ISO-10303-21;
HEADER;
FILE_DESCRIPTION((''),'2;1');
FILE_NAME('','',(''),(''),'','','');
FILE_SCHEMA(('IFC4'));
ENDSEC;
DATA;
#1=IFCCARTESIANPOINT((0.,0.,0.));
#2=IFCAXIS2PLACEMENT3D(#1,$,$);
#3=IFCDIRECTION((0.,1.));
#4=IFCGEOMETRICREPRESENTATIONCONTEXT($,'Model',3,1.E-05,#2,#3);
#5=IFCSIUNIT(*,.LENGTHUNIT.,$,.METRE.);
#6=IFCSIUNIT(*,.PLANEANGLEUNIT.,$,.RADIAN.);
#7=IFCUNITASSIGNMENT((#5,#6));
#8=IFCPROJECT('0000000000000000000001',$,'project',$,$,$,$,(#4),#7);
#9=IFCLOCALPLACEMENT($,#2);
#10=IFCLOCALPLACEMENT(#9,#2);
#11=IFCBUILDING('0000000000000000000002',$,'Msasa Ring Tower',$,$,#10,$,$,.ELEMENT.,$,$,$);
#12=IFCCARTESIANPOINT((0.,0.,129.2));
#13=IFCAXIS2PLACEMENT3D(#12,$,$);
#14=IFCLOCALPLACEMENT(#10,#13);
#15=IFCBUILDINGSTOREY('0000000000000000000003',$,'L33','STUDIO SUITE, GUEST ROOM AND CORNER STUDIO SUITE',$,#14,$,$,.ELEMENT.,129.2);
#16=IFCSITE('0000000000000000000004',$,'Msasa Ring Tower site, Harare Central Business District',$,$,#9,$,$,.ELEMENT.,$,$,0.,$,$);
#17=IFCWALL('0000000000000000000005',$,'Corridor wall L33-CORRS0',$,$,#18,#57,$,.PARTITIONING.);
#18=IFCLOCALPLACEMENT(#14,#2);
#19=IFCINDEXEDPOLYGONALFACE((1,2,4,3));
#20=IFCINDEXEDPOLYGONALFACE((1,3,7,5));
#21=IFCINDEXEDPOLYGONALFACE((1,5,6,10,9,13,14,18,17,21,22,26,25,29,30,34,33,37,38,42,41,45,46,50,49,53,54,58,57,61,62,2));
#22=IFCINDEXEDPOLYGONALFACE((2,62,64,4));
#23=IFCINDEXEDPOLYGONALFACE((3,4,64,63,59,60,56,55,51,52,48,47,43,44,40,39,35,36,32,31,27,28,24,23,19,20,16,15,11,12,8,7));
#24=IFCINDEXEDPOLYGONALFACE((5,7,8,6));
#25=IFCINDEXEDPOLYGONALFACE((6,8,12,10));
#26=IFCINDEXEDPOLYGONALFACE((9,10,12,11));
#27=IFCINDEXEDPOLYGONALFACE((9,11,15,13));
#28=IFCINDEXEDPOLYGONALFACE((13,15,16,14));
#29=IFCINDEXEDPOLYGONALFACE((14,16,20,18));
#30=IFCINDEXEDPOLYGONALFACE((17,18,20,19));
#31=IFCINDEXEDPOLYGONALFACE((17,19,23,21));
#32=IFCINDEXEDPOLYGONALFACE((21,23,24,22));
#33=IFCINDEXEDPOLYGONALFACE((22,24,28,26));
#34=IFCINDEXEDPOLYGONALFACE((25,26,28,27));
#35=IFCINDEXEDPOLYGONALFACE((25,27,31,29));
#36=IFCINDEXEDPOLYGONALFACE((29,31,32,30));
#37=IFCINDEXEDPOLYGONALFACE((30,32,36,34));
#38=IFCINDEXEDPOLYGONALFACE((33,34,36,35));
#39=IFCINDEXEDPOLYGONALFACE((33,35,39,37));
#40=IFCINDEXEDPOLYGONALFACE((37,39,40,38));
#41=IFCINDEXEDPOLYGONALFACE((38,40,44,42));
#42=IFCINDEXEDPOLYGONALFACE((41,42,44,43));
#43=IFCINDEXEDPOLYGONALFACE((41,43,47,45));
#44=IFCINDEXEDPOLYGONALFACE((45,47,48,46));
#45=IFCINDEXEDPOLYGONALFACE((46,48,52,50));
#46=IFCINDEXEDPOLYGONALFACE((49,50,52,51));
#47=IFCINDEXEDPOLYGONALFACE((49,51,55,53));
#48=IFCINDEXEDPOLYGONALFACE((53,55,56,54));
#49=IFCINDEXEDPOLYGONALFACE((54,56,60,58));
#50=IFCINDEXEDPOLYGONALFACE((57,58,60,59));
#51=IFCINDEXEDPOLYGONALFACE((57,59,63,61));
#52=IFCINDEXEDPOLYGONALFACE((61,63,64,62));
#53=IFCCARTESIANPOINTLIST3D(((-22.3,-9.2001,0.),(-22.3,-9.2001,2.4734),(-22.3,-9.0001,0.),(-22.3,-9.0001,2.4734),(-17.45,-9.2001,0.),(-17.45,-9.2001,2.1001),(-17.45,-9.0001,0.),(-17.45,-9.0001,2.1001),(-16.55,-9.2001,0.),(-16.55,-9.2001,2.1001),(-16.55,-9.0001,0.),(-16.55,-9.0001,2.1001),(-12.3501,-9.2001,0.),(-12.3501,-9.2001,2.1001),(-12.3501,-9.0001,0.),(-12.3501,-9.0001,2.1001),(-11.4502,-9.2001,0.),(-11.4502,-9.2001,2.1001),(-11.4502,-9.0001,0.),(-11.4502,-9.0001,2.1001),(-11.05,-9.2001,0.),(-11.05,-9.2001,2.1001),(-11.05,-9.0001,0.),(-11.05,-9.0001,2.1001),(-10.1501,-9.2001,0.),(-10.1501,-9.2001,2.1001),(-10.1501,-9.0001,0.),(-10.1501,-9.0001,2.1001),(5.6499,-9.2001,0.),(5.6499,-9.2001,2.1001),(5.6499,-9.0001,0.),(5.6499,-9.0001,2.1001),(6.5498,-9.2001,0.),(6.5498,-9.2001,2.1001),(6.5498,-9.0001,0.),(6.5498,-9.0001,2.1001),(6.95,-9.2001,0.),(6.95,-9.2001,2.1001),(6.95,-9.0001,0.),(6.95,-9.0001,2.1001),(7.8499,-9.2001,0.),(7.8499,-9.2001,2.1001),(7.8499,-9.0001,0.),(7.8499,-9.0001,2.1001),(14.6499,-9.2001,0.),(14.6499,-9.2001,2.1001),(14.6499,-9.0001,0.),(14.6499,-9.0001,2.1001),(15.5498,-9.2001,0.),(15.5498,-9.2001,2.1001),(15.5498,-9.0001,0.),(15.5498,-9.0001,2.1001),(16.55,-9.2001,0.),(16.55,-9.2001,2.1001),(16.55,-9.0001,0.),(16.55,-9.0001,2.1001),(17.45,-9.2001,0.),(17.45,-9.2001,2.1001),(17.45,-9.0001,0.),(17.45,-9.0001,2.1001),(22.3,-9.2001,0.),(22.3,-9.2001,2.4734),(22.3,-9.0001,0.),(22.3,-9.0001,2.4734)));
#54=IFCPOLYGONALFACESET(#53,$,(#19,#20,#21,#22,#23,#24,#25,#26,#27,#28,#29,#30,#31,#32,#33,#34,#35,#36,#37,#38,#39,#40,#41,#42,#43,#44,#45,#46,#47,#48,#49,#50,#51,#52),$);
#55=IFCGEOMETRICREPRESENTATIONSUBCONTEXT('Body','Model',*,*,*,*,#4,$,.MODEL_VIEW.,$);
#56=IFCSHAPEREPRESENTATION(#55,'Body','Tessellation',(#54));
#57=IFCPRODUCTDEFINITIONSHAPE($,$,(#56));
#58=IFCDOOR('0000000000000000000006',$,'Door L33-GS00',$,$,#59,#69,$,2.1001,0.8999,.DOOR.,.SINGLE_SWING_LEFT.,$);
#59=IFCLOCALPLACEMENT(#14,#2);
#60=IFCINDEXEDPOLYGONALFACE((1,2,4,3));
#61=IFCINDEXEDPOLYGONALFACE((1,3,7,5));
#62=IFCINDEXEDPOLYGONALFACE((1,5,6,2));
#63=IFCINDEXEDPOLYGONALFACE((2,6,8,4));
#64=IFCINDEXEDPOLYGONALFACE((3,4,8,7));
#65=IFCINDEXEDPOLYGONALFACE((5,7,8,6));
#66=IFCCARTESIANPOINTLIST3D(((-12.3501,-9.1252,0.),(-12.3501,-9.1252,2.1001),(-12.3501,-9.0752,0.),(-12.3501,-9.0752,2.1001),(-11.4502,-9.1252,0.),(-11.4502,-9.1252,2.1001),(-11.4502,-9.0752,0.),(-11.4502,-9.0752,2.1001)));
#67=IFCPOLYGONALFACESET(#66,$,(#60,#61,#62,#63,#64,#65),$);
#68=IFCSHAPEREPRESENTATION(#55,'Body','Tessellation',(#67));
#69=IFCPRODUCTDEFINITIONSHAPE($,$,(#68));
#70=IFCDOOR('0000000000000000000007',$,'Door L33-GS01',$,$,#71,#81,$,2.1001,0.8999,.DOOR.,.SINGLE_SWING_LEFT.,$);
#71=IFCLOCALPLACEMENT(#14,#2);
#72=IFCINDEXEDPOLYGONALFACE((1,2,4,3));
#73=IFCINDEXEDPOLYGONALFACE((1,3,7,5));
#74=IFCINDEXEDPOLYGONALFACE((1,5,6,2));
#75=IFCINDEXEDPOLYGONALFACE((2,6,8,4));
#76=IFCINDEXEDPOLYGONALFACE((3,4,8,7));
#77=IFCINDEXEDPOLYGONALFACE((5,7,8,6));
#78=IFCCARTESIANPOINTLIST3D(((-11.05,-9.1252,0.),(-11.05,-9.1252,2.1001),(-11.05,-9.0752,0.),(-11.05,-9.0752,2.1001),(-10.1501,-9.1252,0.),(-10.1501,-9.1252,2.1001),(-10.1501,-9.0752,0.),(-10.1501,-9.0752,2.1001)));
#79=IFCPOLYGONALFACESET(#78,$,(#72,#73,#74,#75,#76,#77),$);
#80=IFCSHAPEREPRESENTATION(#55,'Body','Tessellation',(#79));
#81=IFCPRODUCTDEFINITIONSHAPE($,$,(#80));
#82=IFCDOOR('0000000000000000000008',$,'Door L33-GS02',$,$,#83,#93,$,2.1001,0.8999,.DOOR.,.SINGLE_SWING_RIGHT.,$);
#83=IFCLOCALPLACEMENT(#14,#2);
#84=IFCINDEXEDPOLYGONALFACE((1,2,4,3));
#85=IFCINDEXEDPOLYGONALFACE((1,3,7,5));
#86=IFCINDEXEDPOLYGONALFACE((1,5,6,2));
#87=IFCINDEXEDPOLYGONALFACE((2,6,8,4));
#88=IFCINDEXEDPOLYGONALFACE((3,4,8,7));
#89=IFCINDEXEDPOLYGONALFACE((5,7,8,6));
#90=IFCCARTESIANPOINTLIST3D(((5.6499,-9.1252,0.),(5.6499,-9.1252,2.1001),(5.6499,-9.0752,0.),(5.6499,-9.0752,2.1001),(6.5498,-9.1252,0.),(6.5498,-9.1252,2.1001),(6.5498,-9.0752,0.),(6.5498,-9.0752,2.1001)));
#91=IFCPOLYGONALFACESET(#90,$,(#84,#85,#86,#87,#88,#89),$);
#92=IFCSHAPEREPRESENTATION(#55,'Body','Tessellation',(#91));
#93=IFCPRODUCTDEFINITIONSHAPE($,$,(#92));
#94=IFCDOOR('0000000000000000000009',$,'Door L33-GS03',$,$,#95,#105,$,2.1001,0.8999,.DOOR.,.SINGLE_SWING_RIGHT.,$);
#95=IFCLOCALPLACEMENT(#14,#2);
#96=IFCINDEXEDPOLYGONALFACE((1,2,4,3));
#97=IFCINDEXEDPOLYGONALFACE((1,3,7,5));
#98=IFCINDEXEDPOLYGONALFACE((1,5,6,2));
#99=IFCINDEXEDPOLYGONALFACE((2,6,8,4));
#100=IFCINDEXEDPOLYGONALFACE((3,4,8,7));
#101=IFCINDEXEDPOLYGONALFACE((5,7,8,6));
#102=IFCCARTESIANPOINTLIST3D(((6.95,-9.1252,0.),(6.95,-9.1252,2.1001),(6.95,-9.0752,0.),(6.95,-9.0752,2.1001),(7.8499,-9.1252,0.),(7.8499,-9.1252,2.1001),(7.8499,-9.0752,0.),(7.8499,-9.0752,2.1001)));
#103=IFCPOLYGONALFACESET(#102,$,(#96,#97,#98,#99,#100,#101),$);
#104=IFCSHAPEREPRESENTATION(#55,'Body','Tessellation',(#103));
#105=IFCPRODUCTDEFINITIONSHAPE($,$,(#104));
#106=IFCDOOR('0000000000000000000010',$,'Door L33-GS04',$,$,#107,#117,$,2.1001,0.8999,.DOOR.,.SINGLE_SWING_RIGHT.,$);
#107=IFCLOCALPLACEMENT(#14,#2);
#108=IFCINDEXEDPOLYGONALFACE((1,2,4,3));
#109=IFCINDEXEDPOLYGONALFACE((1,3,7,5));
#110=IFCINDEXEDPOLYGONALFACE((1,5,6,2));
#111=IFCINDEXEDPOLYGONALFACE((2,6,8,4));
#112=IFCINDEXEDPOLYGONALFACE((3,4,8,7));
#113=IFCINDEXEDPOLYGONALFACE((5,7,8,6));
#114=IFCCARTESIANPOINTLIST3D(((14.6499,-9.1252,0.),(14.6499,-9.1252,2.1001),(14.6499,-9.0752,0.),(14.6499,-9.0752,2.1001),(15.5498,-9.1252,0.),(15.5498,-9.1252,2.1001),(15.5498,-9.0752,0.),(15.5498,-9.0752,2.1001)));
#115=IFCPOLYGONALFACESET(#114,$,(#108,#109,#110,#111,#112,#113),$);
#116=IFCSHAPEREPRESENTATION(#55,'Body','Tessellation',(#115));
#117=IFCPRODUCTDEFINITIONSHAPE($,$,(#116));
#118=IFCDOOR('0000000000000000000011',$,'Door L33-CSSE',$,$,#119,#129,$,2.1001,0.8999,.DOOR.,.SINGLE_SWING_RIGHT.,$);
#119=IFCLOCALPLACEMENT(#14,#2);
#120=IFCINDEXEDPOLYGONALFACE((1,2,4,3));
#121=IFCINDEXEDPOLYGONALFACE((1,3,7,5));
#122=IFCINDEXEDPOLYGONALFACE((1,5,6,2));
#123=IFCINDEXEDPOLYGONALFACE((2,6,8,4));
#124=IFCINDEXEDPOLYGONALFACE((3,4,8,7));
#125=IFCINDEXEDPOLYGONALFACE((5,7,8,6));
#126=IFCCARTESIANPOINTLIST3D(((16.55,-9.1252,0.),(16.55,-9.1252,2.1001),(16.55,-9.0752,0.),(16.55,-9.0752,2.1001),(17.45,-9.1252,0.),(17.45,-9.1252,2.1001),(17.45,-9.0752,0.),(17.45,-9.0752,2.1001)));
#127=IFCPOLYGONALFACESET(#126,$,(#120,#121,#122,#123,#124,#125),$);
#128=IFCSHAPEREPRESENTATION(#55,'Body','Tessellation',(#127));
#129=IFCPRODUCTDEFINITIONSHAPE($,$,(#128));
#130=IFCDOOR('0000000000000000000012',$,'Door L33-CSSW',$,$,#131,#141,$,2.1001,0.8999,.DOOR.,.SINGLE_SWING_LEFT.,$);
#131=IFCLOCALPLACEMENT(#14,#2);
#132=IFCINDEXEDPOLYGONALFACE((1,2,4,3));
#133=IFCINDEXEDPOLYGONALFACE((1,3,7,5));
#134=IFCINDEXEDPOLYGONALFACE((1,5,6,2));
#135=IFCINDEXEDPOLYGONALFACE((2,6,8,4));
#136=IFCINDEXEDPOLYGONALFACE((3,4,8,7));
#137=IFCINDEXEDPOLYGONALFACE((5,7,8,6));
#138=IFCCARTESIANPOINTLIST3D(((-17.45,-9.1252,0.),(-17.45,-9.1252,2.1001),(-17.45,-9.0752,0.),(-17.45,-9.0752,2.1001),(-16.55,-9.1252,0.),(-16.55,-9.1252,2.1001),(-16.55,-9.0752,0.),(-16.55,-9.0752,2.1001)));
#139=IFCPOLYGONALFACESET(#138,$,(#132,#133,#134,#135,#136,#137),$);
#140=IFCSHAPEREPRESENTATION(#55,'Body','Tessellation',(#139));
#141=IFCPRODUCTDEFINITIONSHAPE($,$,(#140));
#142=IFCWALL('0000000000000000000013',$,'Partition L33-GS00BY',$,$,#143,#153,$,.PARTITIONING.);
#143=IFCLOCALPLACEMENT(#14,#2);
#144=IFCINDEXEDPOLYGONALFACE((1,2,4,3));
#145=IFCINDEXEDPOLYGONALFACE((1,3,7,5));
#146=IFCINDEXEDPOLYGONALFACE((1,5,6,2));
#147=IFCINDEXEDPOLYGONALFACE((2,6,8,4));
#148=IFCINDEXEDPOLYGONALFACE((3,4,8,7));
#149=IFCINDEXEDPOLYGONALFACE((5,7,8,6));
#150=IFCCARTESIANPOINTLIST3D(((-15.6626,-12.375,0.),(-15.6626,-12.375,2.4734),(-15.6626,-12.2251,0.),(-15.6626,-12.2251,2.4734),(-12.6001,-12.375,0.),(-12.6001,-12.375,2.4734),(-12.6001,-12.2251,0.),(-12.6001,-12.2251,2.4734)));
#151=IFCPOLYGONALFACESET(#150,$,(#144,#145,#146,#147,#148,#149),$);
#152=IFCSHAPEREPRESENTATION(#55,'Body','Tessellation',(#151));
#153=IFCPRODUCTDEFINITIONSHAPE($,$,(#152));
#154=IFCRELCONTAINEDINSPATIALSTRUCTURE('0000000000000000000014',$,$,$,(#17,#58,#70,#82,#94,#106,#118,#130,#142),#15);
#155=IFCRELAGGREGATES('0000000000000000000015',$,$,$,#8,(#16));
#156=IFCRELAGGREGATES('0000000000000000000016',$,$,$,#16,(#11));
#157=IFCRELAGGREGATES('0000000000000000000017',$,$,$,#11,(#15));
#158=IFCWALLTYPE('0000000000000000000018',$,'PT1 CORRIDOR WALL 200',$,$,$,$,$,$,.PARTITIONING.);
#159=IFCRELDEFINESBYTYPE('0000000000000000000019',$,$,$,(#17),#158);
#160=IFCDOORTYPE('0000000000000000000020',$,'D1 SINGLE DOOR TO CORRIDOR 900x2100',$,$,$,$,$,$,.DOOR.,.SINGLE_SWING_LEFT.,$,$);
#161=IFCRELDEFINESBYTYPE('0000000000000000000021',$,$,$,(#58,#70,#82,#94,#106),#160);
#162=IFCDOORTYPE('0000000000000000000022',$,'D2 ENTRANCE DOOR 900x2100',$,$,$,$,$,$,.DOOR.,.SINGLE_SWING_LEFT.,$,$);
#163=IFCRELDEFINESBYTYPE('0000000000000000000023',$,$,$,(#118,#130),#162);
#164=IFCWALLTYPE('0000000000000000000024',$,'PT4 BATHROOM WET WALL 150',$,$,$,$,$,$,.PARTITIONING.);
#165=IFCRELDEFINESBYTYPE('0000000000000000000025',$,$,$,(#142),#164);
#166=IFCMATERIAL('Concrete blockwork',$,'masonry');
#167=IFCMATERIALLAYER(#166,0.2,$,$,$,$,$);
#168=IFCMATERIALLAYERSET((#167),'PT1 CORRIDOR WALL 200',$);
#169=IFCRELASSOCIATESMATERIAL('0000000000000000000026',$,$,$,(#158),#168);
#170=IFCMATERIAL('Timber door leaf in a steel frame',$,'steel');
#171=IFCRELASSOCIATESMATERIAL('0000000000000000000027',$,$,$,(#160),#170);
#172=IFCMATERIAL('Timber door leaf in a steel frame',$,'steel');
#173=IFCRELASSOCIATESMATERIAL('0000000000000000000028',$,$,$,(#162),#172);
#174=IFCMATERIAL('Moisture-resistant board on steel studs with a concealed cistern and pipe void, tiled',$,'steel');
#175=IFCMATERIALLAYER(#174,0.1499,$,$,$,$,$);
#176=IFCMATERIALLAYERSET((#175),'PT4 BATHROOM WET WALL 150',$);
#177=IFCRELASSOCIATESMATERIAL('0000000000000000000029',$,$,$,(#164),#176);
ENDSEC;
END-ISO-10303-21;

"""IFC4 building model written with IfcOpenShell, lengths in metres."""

from ifc_helpers import new_model, si_unit, direction, frame, frame_2d, origin, place, context, subcontext, project, spatial, rectangle, extrude, material, layer, layer_set, type_object, element, fill, save


model = new_model("IFC4")

# Units and contexts
model_context = context("Model", 3, precision=1e-05, world=origin(), true_north=direction((0.0, 1.0)))
body_context = subcontext(model_context, "Body", "Model", "MODEL_VIEW")
ifc_project = project(units=[si_unit("LENGTHUNIT", "METRE"), si_unit("PLANEANGLEUNIT", "RADIAN")], contexts=[model_context])

# Site, building, storey
site_placement = place(None, origin())
site = spatial("IfcSite", under=ifc_project, at=site_placement, Name="Msasa Ring Tower site, Harare Central Business District", CompositionType="ELEMENT", RefElevation=0.0)
building_placement = place(site_placement, origin())
building = spatial("IfcBuilding", under=site, at=building_placement, Name="Msasa Ring Tower", CompositionType="ELEMENT")
storey_placement = place(building_placement, frame((0.0, 0.0, 129.2)))
storey = spatial("IfcBuildingStorey", under=building, at=storey_placement, Name="L33", Description="STUDIO SUITE, GUEST ROOM AND CORNER STUDIO SUITE", CompositionType="ELEMENT", Elevation=129.2)

# Wall, openings, doors
ifc_material_1 = material(Name="Concrete blockwork", Category="masonry")
ifc_layer_1 = layer(ifc_material_1, 0.2)
ifc_layer_set_1 = layer_set([ifc_layer_1], Name="PT1 CORRIDOR WALL 200")
wall_type_1 = type_object("IfcWallType", Name="PT1 CORRIDOR WALL 200", PredefinedType="PARTITIONING", material=ifc_layer_set_1)
wall_1_placement = place(storey_placement, frame((-22.3, -9.1001, 0.0), z_axis=(0.0, 0.0, 1.0), x_axis=(1.0, 0.0, 0.0)))
wall_1 = element("IfcWall", 1, at=wall_1_placement, inside=storey, type_object=wall_type_1, Name="Corridor wall L33-CORRS0", PredefinedType="PARTITIONING", context=body_context, shape_type="SweptSolid", body=[
    extrude(rectangle(XDim=44.6001, YDim=0.2, at=frame_2d((22.3, 0.0))), origin(), (0.0, 0.0, 1.0), 2.4734),
])
opening_1_placement = place(wall_1_placement, frame((9.95, 0.0, 0.0)))
opening_1 = element("IfcOpeningElement", 2, at=opening_1_placement, cuts=wall_1, PredefinedType="OPENING", context=body_context, shape_type="SweptSolid", body=[
    extrude(rectangle(XDim=0.8999, YDim=2.1001, at=frame_2d((0.45, 1.05))), frame((0.0, 0.1099, 0.0), z_axis=(0.0, -1.0, 0.0), x_axis=(1.0, 0.0, 0.0)), (0.0, 0.0, 1.0), 0.22),
])
opening_2_placement = place(wall_1_placement, frame((11.25, 0.0, 0.0)))
opening_2 = element("IfcOpeningElement", 3, at=opening_2_placement, cuts=wall_1, PredefinedType="OPENING", context=body_context, shape_type="SweptSolid", body=[
    extrude(rectangle(XDim=0.8999, YDim=2.1001, at=frame_2d((0.45, 1.05))), frame((0.0, 0.1099, 0.0), z_axis=(0.0, -1.0, 0.0), x_axis=(1.0, 0.0, 0.0)), (0.0, 0.0, 1.0), 0.22),
])
opening_3_placement = place(wall_1_placement, frame((27.95, 0.0, 0.0)))
opening_3 = element("IfcOpeningElement", 4, at=opening_3_placement, cuts=wall_1, PredefinedType="OPENING", context=body_context, shape_type="SweptSolid", body=[
    extrude(rectangle(XDim=0.8999, YDim=2.1001, at=frame_2d((0.45, 1.05))), frame((0.0, 0.1099, 0.0), z_axis=(0.0, -1.0, 0.0), x_axis=(1.0, 0.0, 0.0)), (0.0, 0.0, 1.0), 0.22),
])
opening_4_placement = place(wall_1_placement, frame((29.25, 0.0, 0.0)))
opening_4 = element("IfcOpeningElement", 5, at=opening_4_placement, cuts=wall_1, PredefinedType="OPENING", context=body_context, shape_type="SweptSolid", body=[
    extrude(rectangle(XDim=0.8999, YDim=2.1001, at=frame_2d((0.45, 1.05))), frame((0.0, 0.1099, 0.0), z_axis=(0.0, -1.0, 0.0), x_axis=(1.0, 0.0, 0.0)), (0.0, 0.0, 1.0), 0.22),
])
opening_5_placement = place(wall_1_placement, frame((36.95, 0.0, 0.0)))
opening_5 = element("IfcOpeningElement", 6, at=opening_5_placement, cuts=wall_1, PredefinedType="OPENING", context=body_context, shape_type="SweptSolid", body=[
    extrude(rectangle(XDim=0.8999, YDim=2.1001, at=frame_2d((0.45, 1.05))), frame((0.0, 0.1099, 0.0), z_axis=(0.0, -1.0, 0.0), x_axis=(1.0, 0.0, 0.0)), (0.0, 0.0, 1.0), 0.22),
])
opening_6_placement = place(wall_1_placement, frame((38.8501, 0.0, 0.0)))
opening_6 = element("IfcOpeningElement", 7, at=opening_6_placement, cuts=wall_1, PredefinedType="OPENING", context=body_context, shape_type="SweptSolid", body=[
    extrude(rectangle(XDim=0.8999, YDim=2.1001, at=frame_2d((0.45, 1.05))), frame((0.0, 0.1099, 0.0), z_axis=(0.0, -1.0, 0.0), x_axis=(1.0, 0.0, 0.0)), (0.0, 0.0, 1.0), 0.22),
])
opening_7_placement = place(wall_1_placement, frame((4.8501, 0.0, 0.0)))
opening_7 = element("IfcOpeningElement", 8, at=opening_7_placement, cuts=wall_1, PredefinedType="OPENING", context=body_context, shape_type="SweptSolid", body=[
    extrude(rectangle(XDim=0.8999, YDim=2.1001, at=frame_2d((0.45, 1.05))), frame((0.0, 0.1099, 0.0), z_axis=(0.0, -1.0, 0.0), x_axis=(1.0, 0.0, 0.0)), (0.0, 0.0, 1.0), 0.22),
])
ifc_material_2 = material(Name="Timber door leaf in a steel frame", Category="steel")
door_type_1 = type_object("IfcDoorType", Name="D1 SINGLE DOOR TO CORRIDOR 900x2100", OperationType="SINGLE_SWING_LEFT", PredefinedType="DOOR", material=ifc_material_2)
door_1_placement = place(opening_1_placement, origin())
door_1 = element("IfcDoor", 9, at=door_1_placement, inside=storey, type_object=door_type_1, Name="Door L33-GS00", OperationType="SINGLE_SWING_LEFT", OverallHeight=2.1001, OverallWidth=0.8999, PredefinedType="DOOR", context=body_context, shape_type="SweptSolid", body=[
    extrude(rectangle(XDim=0.8999, YDim=2.1001, at=frame_2d((0.45, 1.05))), frame((0.0, 0.0249, 0.0), z_axis=(0.0, -1.0, 0.0), x_axis=(1.0, 0.0, 0.0)), (0.0, 0.0, 1.0), 0.05),
])
fill(opening_1, door_1)
door_2_placement = place(opening_2_placement, origin())
door_2 = element("IfcDoor", 10, at=door_2_placement, inside=storey, type_object=door_type_1, Name="Door L33-GS01", OperationType="SINGLE_SWING_LEFT", OverallHeight=2.1001, OverallWidth=0.8999, PredefinedType="DOOR", context=body_context, shape_type="SweptSolid", body=[
    extrude(rectangle(XDim=0.8999, YDim=2.1001, at=frame_2d((0.45, 1.05))), frame((0.0, 0.0249, 0.0), z_axis=(0.0, -1.0, 0.0), x_axis=(1.0, 0.0, 0.0)), (0.0, 0.0, 1.0), 0.05),
])
fill(opening_2, door_2)
door_3_placement = place(opening_3_placement, origin())
door_3 = element("IfcDoor", 11, at=door_3_placement, inside=storey, type_object=door_type_1, Name="Door L33-GS02", OperationType="SINGLE_SWING_RIGHT", OverallHeight=2.1001, OverallWidth=0.8999, PredefinedType="DOOR", context=body_context, shape_type="SweptSolid", body=[
    extrude(rectangle(XDim=0.8999, YDim=2.1001, at=frame_2d((0.45, 1.05))), frame((0.0, 0.0249, 0.0), z_axis=(0.0, -1.0, 0.0), x_axis=(1.0, 0.0, 0.0)), (0.0, 0.0, 1.0), 0.05),
])
fill(opening_3, door_3)
door_4_placement = place(opening_4_placement, origin())
door_4 = element("IfcDoor", 12, at=door_4_placement, inside=storey, type_object=door_type_1, Name="Door L33-GS03", OperationType="SINGLE_SWING_RIGHT", OverallHeight=2.1001, OverallWidth=0.8999, PredefinedType="DOOR", context=body_context, shape_type="SweptSolid", body=[
    extrude(rectangle(XDim=0.8999, YDim=2.1001, at=frame_2d((0.45, 1.05))), frame((0.0, 0.0249, 0.0), z_axis=(0.0, -1.0, 0.0), x_axis=(1.0, 0.0, 0.0)), (0.0, 0.0, 1.0), 0.05),
])
fill(opening_4, door_4)
door_5_placement = place(opening_5_placement, origin())
door_5 = element("IfcDoor", 13, at=door_5_placement, inside=storey, type_object=door_type_1, Name="Door L33-GS04", OperationType="SINGLE_SWING_RIGHT", OverallHeight=2.1001, OverallWidth=0.8999, PredefinedType="DOOR", context=body_context, shape_type="SweptSolid", body=[
    extrude(rectangle(XDim=0.8999, YDim=2.1001, at=frame_2d((0.45, 1.05))), frame((0.0, 0.0249, 0.0), z_axis=(0.0, -1.0, 0.0), x_axis=(1.0, 0.0, 0.0)), (0.0, 0.0, 1.0), 0.05),
])
fill(opening_5, door_5)
ifc_material_3 = material(Name="Timber door leaf in a steel frame", Category="steel")
door_type_2 = type_object("IfcDoorType", Name="D2 ENTRANCE DOOR 900x2100", OperationType="SINGLE_SWING_LEFT", PredefinedType="DOOR", material=ifc_material_3)
door_6_placement = place(opening_6_placement, origin())
door_6 = element("IfcDoor", 14, at=door_6_placement, inside=storey, type_object=door_type_2, Name="Door L33-CSSE", OperationType="SINGLE_SWING_RIGHT", OverallHeight=2.1001, OverallWidth=0.8999, PredefinedType="DOOR", context=body_context, shape_type="SweptSolid", body=[
    extrude(rectangle(XDim=0.8999, YDim=2.1001, at=frame_2d((0.45, 1.05))), frame((0.0, 0.0249, 0.0), z_axis=(0.0, -1.0, 0.0), x_axis=(1.0, 0.0, 0.0)), (0.0, 0.0, 1.0), 0.05),
])
fill(opening_6, door_6)
door_7_placement = place(opening_7_placement, origin())
door_7 = element("IfcDoor", 15, at=door_7_placement, inside=storey, type_object=door_type_2, Name="Door L33-CSSW", OperationType="SINGLE_SWING_LEFT", OverallHeight=2.1001, OverallWidth=0.8999, PredefinedType="DOOR", context=body_context, shape_type="SweptSolid", body=[
    extrude(rectangle(XDim=0.8999, YDim=2.1001, at=frame_2d((0.45, 1.05))), frame((0.0, 0.0249, 0.0), z_axis=(0.0, -1.0, 0.0), x_axis=(1.0, 0.0, 0.0)), (0.0, 0.0, 1.0), 0.05),
])
fill(opening_7, door_7)

# Wall
ifc_material_4 = material(Name="Moisture-resistant board on steel studs with a concealed cistern and pipe void, tiled", Category="steel")
ifc_layer_2 = layer(ifc_material_4, 0.1499)
ifc_layer_set_2 = layer_set([ifc_layer_2], Name="PT4 BATHROOM WET WALL 150")
wall_type_2 = type_object("IfcWallType", Name="PT4 BATHROOM WET WALL 150", PredefinedType="PARTITIONING", material=ifc_layer_set_2)
wall_2_placement = place(storey_placement, frame((-15.6626, -12.3, 0.0), z_axis=(0.0, 0.0, 1.0), x_axis=(1.0, 0.0, 0.0)))
element("IfcWall", 16, at=wall_2_placement, inside=storey, type_object=wall_type_2, Name="Partition L33-GS00BY", PredefinedType="PARTITIONING", context=body_context, shape_type="SweptSolid", body=[
    extrude(rectangle(XDim=3.0625, YDim=0.1499, at=frame_2d((1.5312, 0.0))), origin(), (0.0, 0.0, 1.0), 2.4734),
])

save(model, "model.ifc")
